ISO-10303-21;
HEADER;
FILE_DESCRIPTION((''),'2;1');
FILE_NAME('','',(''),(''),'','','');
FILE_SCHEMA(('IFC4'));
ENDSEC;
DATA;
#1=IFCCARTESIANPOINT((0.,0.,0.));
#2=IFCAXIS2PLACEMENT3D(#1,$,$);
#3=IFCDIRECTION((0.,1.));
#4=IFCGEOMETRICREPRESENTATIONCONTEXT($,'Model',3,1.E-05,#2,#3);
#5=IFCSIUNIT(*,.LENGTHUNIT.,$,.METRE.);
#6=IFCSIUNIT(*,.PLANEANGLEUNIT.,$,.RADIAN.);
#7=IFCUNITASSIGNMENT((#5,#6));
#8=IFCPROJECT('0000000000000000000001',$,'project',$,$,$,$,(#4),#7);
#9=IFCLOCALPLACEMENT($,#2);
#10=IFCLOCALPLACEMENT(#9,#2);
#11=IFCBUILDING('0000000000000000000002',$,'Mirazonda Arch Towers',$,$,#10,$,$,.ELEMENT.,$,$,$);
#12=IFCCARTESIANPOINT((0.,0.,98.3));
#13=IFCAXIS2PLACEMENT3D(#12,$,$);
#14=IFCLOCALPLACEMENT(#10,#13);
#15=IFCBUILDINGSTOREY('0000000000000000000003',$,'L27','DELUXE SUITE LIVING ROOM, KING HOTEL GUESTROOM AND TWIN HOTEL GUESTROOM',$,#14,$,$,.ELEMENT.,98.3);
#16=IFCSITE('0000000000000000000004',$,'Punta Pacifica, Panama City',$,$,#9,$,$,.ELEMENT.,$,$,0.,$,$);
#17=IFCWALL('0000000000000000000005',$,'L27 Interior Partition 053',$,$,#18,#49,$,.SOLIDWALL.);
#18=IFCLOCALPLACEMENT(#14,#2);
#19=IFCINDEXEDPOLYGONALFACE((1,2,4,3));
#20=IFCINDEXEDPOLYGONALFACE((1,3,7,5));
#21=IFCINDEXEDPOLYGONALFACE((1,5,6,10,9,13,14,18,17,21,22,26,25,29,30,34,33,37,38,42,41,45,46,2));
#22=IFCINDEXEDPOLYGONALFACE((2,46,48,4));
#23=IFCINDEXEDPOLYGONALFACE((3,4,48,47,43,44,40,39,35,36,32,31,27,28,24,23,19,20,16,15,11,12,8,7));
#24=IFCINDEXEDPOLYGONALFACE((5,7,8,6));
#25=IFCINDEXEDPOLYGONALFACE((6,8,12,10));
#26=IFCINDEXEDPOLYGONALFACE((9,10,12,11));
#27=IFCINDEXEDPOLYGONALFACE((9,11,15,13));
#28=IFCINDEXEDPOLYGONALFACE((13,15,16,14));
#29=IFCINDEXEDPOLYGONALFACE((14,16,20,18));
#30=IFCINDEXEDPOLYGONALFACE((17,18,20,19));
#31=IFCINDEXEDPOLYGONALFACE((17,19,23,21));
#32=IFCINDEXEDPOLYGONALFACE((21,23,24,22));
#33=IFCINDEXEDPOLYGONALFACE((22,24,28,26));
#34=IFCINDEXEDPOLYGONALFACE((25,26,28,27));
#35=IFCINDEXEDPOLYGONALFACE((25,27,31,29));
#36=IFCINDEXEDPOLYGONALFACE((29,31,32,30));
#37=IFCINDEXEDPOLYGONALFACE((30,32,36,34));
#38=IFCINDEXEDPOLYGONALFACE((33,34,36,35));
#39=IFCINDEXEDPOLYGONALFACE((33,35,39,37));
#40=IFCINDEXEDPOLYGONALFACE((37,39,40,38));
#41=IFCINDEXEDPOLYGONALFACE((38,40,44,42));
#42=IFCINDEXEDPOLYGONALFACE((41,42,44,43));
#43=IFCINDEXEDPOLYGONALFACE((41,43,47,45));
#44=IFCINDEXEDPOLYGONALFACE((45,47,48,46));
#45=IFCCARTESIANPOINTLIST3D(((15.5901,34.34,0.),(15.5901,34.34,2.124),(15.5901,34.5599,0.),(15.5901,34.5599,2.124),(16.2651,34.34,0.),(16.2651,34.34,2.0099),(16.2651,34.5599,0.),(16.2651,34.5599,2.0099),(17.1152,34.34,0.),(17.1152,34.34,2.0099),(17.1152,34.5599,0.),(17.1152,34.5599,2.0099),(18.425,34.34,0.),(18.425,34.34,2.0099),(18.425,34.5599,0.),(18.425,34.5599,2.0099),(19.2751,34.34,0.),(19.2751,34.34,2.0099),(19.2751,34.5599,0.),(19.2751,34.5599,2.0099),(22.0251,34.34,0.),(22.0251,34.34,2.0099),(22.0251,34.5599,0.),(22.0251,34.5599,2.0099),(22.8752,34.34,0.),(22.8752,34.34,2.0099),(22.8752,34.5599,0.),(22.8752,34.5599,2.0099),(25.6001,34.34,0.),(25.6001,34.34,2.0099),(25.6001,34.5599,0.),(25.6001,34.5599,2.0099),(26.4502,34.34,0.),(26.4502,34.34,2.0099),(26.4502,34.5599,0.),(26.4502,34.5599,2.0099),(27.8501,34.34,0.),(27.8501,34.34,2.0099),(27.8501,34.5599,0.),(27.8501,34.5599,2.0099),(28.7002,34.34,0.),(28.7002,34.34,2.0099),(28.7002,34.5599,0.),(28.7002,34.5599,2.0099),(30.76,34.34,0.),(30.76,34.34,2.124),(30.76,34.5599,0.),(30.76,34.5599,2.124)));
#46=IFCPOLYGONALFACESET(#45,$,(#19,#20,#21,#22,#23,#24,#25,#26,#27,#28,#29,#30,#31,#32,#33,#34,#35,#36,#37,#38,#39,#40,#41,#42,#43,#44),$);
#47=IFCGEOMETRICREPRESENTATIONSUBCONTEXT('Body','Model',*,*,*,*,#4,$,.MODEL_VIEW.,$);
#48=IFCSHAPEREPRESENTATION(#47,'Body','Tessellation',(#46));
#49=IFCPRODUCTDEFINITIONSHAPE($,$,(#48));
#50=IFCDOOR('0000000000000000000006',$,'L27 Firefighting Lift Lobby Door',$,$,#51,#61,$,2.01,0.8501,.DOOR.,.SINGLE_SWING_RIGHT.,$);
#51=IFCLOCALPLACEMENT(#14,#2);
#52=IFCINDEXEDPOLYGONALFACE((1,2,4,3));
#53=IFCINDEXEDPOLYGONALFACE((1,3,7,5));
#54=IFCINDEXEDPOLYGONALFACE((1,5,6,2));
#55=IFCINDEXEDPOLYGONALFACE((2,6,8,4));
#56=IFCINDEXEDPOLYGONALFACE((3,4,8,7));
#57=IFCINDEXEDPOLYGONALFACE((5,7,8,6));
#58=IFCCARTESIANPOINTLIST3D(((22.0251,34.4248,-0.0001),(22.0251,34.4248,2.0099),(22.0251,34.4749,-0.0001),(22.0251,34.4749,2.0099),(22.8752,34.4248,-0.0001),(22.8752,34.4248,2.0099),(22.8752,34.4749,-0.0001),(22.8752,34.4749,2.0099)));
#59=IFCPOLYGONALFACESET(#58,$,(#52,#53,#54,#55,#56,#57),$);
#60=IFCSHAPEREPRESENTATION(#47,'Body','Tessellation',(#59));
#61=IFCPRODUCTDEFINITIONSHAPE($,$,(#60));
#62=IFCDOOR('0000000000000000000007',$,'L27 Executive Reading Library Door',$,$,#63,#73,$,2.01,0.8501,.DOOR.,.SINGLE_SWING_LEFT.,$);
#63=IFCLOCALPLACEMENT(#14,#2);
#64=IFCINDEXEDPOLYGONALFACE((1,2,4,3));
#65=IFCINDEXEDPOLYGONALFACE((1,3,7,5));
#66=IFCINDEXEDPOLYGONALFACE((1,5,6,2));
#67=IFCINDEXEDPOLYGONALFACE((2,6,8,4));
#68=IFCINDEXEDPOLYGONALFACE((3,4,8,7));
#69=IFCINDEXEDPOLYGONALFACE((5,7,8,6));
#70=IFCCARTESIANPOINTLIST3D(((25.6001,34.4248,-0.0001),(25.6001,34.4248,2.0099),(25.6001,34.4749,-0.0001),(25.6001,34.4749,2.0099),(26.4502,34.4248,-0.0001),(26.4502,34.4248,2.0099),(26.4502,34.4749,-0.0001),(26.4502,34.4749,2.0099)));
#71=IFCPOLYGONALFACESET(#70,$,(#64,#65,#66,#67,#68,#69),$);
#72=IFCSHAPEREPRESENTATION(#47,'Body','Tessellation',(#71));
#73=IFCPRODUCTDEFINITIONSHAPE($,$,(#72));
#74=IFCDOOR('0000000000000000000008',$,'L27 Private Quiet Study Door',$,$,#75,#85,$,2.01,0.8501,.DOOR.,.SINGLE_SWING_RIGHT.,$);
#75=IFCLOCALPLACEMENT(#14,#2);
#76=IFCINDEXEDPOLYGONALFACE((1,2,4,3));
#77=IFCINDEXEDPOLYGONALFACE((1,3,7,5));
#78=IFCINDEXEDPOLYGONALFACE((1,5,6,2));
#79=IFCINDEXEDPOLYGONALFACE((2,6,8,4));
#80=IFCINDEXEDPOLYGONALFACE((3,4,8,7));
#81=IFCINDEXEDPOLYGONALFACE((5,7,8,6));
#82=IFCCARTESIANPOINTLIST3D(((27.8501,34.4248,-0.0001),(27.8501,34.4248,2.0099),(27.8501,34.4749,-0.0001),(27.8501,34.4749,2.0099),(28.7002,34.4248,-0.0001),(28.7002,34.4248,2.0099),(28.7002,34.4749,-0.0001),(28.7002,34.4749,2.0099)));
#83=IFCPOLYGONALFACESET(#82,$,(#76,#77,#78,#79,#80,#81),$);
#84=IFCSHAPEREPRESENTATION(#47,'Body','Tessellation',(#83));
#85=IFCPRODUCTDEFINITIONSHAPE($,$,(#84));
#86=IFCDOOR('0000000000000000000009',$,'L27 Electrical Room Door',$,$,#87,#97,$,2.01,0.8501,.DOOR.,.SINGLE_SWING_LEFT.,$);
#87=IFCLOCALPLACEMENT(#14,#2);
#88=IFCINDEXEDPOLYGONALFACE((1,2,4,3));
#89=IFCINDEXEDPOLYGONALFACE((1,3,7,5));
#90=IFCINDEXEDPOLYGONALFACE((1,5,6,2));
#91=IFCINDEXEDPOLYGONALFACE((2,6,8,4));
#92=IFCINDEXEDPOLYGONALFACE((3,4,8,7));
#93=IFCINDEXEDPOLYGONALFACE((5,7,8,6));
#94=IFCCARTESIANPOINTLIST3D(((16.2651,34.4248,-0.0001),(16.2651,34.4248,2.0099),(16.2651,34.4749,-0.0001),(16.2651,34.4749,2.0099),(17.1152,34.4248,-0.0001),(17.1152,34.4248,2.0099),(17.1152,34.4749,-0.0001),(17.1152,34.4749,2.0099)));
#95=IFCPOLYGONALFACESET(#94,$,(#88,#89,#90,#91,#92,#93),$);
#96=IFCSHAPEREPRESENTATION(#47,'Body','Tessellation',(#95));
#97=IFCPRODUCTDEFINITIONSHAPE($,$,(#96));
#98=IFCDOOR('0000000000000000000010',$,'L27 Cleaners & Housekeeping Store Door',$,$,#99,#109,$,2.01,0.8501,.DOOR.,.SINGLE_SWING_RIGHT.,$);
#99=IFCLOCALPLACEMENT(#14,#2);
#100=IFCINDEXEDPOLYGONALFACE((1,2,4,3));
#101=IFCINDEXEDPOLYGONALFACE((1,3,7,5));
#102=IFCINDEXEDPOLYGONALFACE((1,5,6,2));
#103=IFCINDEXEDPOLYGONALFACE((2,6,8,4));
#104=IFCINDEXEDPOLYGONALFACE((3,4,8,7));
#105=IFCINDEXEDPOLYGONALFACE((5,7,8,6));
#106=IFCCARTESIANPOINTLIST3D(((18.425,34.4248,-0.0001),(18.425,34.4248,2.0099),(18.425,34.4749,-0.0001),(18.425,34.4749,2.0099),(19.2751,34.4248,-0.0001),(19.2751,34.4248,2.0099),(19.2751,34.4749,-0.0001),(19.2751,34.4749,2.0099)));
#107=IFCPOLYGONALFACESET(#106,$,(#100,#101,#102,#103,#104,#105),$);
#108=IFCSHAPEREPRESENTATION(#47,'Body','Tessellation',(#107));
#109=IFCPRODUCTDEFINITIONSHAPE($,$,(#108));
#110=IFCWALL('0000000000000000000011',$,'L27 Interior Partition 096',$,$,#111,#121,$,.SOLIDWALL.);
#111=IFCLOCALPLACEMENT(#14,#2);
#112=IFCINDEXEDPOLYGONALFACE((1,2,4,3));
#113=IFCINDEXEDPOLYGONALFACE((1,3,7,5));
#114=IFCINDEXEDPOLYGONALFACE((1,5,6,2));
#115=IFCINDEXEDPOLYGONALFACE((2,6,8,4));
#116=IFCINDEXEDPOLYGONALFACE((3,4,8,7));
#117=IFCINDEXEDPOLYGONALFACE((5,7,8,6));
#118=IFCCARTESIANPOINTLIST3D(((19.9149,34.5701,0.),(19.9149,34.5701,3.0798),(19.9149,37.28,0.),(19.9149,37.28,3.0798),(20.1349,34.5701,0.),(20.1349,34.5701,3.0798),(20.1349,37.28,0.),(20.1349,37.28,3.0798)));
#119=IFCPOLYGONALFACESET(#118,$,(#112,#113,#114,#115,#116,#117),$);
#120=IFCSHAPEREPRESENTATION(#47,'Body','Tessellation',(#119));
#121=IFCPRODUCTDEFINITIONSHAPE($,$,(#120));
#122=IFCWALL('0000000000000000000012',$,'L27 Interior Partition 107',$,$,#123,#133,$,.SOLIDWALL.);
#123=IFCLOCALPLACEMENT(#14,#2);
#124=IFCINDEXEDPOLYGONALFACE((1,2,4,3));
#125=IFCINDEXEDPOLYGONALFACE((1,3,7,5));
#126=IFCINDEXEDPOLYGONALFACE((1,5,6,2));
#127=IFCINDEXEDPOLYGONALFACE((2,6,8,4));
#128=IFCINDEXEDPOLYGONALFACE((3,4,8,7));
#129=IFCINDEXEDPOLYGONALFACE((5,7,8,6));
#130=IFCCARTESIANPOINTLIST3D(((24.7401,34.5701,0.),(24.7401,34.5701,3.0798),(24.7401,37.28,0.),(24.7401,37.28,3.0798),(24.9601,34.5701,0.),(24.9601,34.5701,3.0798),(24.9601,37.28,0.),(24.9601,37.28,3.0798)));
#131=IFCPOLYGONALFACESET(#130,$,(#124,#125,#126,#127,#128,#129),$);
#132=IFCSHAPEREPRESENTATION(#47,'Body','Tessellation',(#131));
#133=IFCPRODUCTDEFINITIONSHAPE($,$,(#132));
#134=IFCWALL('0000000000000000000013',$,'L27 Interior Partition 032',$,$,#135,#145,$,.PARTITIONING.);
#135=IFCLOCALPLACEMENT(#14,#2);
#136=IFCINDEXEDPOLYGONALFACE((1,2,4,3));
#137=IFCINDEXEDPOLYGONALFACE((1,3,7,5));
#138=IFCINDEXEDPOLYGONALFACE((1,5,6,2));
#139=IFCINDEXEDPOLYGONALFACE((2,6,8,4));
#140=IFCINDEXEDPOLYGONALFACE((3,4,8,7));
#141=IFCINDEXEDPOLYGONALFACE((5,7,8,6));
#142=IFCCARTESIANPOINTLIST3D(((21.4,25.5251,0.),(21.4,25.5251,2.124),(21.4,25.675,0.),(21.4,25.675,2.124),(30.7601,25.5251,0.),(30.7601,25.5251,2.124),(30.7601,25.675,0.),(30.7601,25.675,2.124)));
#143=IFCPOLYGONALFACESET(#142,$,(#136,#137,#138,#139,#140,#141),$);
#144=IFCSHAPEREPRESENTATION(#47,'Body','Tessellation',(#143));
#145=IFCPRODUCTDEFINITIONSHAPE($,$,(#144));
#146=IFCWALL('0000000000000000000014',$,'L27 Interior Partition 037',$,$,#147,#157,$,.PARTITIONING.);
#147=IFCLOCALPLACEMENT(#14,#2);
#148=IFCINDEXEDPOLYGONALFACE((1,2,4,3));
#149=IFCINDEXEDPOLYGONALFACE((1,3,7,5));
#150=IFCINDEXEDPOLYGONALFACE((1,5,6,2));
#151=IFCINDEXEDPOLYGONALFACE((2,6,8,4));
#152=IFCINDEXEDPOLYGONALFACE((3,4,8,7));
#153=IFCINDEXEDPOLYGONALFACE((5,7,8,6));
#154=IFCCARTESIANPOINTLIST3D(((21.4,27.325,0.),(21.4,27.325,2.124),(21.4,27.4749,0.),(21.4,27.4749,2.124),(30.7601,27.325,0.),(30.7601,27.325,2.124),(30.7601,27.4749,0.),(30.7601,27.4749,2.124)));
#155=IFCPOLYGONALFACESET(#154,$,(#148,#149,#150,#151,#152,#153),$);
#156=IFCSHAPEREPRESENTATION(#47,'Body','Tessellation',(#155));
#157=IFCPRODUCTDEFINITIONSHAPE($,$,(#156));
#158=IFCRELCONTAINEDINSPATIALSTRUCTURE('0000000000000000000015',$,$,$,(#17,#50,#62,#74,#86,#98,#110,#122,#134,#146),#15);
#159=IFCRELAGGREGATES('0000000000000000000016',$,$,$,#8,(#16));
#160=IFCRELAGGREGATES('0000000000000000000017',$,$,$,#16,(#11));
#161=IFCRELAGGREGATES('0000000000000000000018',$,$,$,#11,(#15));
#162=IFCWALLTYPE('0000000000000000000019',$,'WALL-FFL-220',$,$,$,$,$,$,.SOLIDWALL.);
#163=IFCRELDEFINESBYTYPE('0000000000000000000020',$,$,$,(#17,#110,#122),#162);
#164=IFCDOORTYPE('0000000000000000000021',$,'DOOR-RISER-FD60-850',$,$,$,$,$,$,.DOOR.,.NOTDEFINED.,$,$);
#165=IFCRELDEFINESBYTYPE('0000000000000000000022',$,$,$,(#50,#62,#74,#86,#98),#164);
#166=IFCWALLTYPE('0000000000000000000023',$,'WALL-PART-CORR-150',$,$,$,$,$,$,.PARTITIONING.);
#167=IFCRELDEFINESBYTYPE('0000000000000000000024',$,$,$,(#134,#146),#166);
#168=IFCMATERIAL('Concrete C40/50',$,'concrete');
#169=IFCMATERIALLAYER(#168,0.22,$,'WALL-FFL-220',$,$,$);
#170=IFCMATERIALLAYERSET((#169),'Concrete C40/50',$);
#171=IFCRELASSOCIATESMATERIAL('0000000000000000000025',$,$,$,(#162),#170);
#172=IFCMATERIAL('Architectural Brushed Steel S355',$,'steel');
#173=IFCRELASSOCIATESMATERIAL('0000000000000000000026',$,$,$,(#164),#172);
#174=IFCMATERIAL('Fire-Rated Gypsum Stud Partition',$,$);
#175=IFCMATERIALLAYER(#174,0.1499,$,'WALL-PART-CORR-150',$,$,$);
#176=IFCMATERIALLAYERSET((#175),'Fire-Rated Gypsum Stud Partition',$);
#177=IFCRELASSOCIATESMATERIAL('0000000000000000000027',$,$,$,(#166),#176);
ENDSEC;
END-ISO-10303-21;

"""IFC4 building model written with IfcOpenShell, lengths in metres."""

from ifc_helpers import new_model, si_unit, direction, frame, frame_2d, origin, place, context, subcontext, project, spatial, rectangle, extrude, material, layer, layer_set, type_object, element, fill, save


model = new_model("IFC4")

# Units and contexts
model_context = context("Model", 3, precision=1e-05, world=origin(), true_north=direction((0.0, 1.0)))
body_context = subcontext(model_context, "Body", "Model", "MODEL_VIEW")
ifc_project = project(units=[si_unit("LENGTHUNIT", "METRE"), si_unit("PLANEANGLEUNIT", "RADIAN")], contexts=[model_context])

# Site, building, storey
site_placement = place(None, origin())
site = spatial("IfcSite", under=ifc_project, at=site_placement, Name="Punta Pacifica, Panama City", CompositionType="ELEMENT", RefElevation=0.0)
building_placement = place(site_placement, origin())
building = spatial("IfcBuilding", under=site, at=building_placement, Name="Mirazonda Arch Towers", CompositionType="ELEMENT")
storey_placement = place(building_placement, frame((0.0, 0.0, 98.3)))
storey = spatial("IfcBuildingStorey", under=building, at=storey_placement, Name="L27", Description="DELUXE SUITE LIVING ROOM, KING HOTEL GUESTROOM AND TWIN HOTEL GUESTROOM", CompositionType="ELEMENT", Elevation=98.3)

# Wall, openings, doors
ifc_material_1 = material(Name="Concrete C40/50", Category="concrete")
ifc_layer_1 = layer(ifc_material_1, 0.22, Name="WALL-FFL-220")
ifc_layer_set_1 = layer_set([ifc_layer_1], Name="Concrete C40/50")
wall_type_1 = type_object("IfcWallType", Name="WALL-FFL-220", PredefinedType="SOLIDWALL", material=ifc_layer_set_1)
wall_1_placement = place(storey_placement, frame((15.5901, 34.45, 0.0), z_axis=(0.0, 0.0, 1.0), x_axis=(1.0, 0.0, 0.0)))
wall_1 = element("IfcWall", 1, at=wall_1_placement, inside=storey, type_object=wall_type_1, Name="L27 Interior Partition 053", PredefinedType="SOLIDWALL", context=body_context, shape_type="SweptSolid", body=[
    extrude(rectangle(XDim=15.1699, YDim=0.22, at=frame_2d((7.585, 0.0))), origin(), (0.0, 0.0, 1.0), 2.124),
])
opening_1_placement = place(wall_1_placement, frame((6.4351, 0.0, 0.0)))
opening_1 = element("IfcOpeningElement", 2, at=opening_1_placement, cuts=wall_1, PredefinedType="OPENING", context=body_context, shape_type="SweptSolid", body=[
    extrude(rectangle(XDim=0.8501, YDim=2.01, at=frame_2d((0.425, 1.0049))), frame((0.0, 0.1199, 0.0), z_axis=(0.0, -1.0, 0.0), x_axis=(1.0, 0.0, 0.0)), (0.0, 0.0, 1.0), 0.24),
])
opening_2_placement = place(wall_1_placement, frame((10.01, 0.0, 0.0)))
opening_2 = element("IfcOpeningElement", 3, at=opening_2_placement, cuts=wall_1, PredefinedType="OPENING", context=body_context, shape_type="SweptSolid", body=[
    extrude(rectangle(XDim=0.8501, YDim=2.01, at=frame_2d((0.425, 1.0049))), frame((0.0, 0.1199, 0.0), z_axis=(0.0, -1.0, 0.0), x_axis=(1.0, 0.0, 0.0)), (0.0, 0.0, 1.0), 0.24),
])
opening_3_placement = place(wall_1_placement, frame((12.26, 0.0, 0.0)))
opening_3 = element("IfcOpeningElement", 4, at=opening_3_placement, cuts=wall_1, PredefinedType="OPENING", context=body_context, shape_type="SweptSolid", body=[
    extrude(rectangle(XDim=0.8501, YDim=2.01, at=frame_2d((0.425, 1.0049))), frame((0.0, 0.1199, 0.0), z_axis=(0.0, -1.0, 0.0), x_axis=(1.0, 0.0, 0.0)), (0.0, 0.0, 1.0), 0.24),
])
opening_4_placement = place(wall_1_placement, frame((0.675, 0.0, 0.0)))
opening_4 = element("IfcOpeningElement", 5, at=opening_4_placement, cuts=wall_1, PredefinedType="OPENING", context=body_context, shape_type="SweptSolid", body=[
    extrude(rectangle(XDim=0.8501, YDim=2.01, at=frame_2d((0.425, 1.0049))), frame((0.0, 0.1199, 0.0), z_axis=(0.0, -1.0, 0.0), x_axis=(1.0, 0.0, 0.0)), (0.0, 0.0, 1.0), 0.24),
])
opening_5_placement = place(wall_1_placement, frame((2.835, 0.0, 0.0)))
opening_5 = element("IfcOpeningElement", 6, at=opening_5_placement, cuts=wall_1, PredefinedType="OPENING", context=body_context, shape_type="SweptSolid", body=[
    extrude(rectangle(XDim=0.8501, YDim=2.01, at=frame_2d((0.425, 1.0049))), frame((0.0, 0.1199, 0.0), z_axis=(0.0, -1.0, 0.0), x_axis=(1.0, 0.0, 0.0)), (0.0, 0.0, 1.0), 0.24),
])
ifc_material_2 = material(Name="Architectural Brushed Steel S355", Category="steel")
door_type = type_object("IfcDoorType", Name="DOOR-RISER-FD60-850", OperationType="NOTDEFINED", PredefinedType="DOOR", material=ifc_material_2)
door_1_placement = place(opening_1_placement, origin())
door_1 = element("IfcDoor", 7, at=door_1_placement, inside=storey, type_object=door_type, Name="L27 Firefighting Lift Lobby Door", OperationType="SINGLE_SWING_RIGHT", OverallHeight=2.01, OverallWidth=0.8501, PredefinedType="DOOR", context=body_context, shape_type="SweptSolid", body=[
    extrude(rectangle(XDim=0.8501, YDim=2.01, at=frame_2d((0.425, 1.0049))), frame((0.0, 0.0249, 0.0), z_axis=(0.0, -1.0, 0.0), x_axis=(1.0, 0.0, 0.0)), (0.0, 0.0, 1.0), 0.05),
])
fill(opening_1, door_1)
door_2_placement = place(opening_2_placement, origin())
door_2 = element("IfcDoor", 8, at=door_2_placement, inside=storey, type_object=door_type, Name="L27 Executive Reading Library Door", OperationType="SINGLE_SWING_LEFT", OverallHeight=2.01, OverallWidth=0.8501, PredefinedType="DOOR", context=body_context, shape_type="SweptSolid", body=[
    extrude(rectangle(XDim=0.8501, YDim=2.01, at=frame_2d((0.425, 1.0049))), frame((0.0, 0.0249, 0.0), z_axis=(0.0, -1.0, 0.0), x_axis=(1.0, 0.0, 0.0)), (0.0, 0.0, 1.0), 0.05),
])
fill(opening_2, door_2)
door_3_placement = place(opening_3_placement, origin())
door_3 = element("IfcDoor", 9, at=door_3_placement, inside=storey, type_object=door_type, Name="L27 Private Quiet Study Door", OperationType="SINGLE_SWING_RIGHT", OverallHeight=2.01, OverallWidth=0.8501, PredefinedType="DOOR", context=body_context, shape_type="SweptSolid", body=[
    extrude(rectangle(XDim=0.8501, YDim=2.01, at=frame_2d((0.425, 1.0049))), frame((0.0, 0.0249, 0.0), z_axis=(0.0, -1.0, 0.0), x_axis=(1.0, 0.0, 0.0)), (0.0, 0.0, 1.0), 0.05),
])
fill(opening_3, door_3)
door_4_placement = place(opening_4_placement, origin())
door_4 = element("IfcDoor", 10, at=door_4_placement, inside=storey, type_object=door_type, Name="L27 Electrical Room Door", OperationType="SINGLE_SWING_LEFT", OverallHeight=2.01, OverallWidth=0.8501, PredefinedType="DOOR", context=body_context, shape_type="SweptSolid", body=[
    extrude(rectangle(XDim=0.8501, YDim=2.01, at=frame_2d((0.425, 1.0049))), frame((0.0, 0.0249, 0.0), z_axis=(0.0, -1.0, 0.0), x_axis=(1.0, 0.0, 0.0)), (0.0, 0.0, 1.0), 0.05),
])
fill(opening_4, door_4)
door_5_placement = place(opening_5_placement, origin())
door_5 = element("IfcDoor", 11, at=door_5_placement, inside=storey, type_object=door_type, Name="L27 Cleaners & Housekeeping Store Door", OperationType="SINGLE_SWING_RIGHT", OverallHeight=2.01, OverallWidth=0.8501, PredefinedType="DOOR", context=body_context, shape_type="SweptSolid", body=[
    extrude(rectangle(XDim=0.8501, YDim=2.01, at=frame_2d((0.425, 1.0049))), frame((0.0, 0.0249, 0.0), z_axis=(0.0, -1.0, 0.0), x_axis=(1.0, 0.0, 0.0)), (0.0, 0.0, 1.0), 0.05),
])
fill(opening_5, door_5)

# Walls
for number, where, z_axis, x_axis, name in (
    (12, (20.0249, 34.5701, 0.0), (0.0, 0.0, 1.0), (0.0, 1.0, 0.0), "L27 Interior Partition 096"),
    (13, (24.8501, 34.5701, 0.0), (0.0, 0.0, 1.0), (0.0, 1.0, 0.0), "L27 Interior Partition 107"),
):
    element("IfcWall", number, at=place(storey_placement, frame(where, z_axis=z_axis, x_axis=x_axis)), inside=storey, type_object=wall_type_1, Name=name, PredefinedType="SOLIDWALL", context=body_context, shape_type="SweptSolid", body=[
        extrude(rectangle(XDim=2.71, YDim=0.22, at=frame_2d((1.355, 0.0))), origin(), (0.0, 0.0, 1.0), 3.0798),
    ])
ifc_material_3 = material(Name="Fire-Rated Gypsum Stud Partition")
ifc_layer_2 = layer(ifc_material_3, 0.1499, Name="WALL-PART-CORR-150")
ifc_layer_set_2 = layer_set([ifc_layer_2], Name="Fire-Rated Gypsum Stud Partition")
wall_type_2 = type_object("IfcWallType", Name="WALL-PART-CORR-150", PredefinedType="PARTITIONING", material=ifc_layer_set_2)
for number, where, z_axis, x_axis, name in (
    (14, (21.3999, 25.6001, 0.0), (0.0, 0.0, 1.0), (1.0, 0.0, 0.0), "L27 Interior Partition 032"),
    (15, (21.3999, 27.3999, 0.0), (0.0, 0.0, 1.0), (1.0, 0.0, 0.0), "L27 Interior Partition 037"),
):
    element("IfcWall", number, at=place(storey_placement, frame(where, z_axis=z_axis, x_axis=x_axis)), inside=storey, type_object=wall_type_2, Name=name, PredefinedType="PARTITIONING", context=body_context, shape_type="SweptSolid", body=[
        extrude(rectangle(XDim=9.3601, YDim=0.1499, at=frame_2d((4.6802, 0.0))), origin(), (0.0, 0.0, 1.0), 2.124),
    ])

save(model, "model.ifc")
